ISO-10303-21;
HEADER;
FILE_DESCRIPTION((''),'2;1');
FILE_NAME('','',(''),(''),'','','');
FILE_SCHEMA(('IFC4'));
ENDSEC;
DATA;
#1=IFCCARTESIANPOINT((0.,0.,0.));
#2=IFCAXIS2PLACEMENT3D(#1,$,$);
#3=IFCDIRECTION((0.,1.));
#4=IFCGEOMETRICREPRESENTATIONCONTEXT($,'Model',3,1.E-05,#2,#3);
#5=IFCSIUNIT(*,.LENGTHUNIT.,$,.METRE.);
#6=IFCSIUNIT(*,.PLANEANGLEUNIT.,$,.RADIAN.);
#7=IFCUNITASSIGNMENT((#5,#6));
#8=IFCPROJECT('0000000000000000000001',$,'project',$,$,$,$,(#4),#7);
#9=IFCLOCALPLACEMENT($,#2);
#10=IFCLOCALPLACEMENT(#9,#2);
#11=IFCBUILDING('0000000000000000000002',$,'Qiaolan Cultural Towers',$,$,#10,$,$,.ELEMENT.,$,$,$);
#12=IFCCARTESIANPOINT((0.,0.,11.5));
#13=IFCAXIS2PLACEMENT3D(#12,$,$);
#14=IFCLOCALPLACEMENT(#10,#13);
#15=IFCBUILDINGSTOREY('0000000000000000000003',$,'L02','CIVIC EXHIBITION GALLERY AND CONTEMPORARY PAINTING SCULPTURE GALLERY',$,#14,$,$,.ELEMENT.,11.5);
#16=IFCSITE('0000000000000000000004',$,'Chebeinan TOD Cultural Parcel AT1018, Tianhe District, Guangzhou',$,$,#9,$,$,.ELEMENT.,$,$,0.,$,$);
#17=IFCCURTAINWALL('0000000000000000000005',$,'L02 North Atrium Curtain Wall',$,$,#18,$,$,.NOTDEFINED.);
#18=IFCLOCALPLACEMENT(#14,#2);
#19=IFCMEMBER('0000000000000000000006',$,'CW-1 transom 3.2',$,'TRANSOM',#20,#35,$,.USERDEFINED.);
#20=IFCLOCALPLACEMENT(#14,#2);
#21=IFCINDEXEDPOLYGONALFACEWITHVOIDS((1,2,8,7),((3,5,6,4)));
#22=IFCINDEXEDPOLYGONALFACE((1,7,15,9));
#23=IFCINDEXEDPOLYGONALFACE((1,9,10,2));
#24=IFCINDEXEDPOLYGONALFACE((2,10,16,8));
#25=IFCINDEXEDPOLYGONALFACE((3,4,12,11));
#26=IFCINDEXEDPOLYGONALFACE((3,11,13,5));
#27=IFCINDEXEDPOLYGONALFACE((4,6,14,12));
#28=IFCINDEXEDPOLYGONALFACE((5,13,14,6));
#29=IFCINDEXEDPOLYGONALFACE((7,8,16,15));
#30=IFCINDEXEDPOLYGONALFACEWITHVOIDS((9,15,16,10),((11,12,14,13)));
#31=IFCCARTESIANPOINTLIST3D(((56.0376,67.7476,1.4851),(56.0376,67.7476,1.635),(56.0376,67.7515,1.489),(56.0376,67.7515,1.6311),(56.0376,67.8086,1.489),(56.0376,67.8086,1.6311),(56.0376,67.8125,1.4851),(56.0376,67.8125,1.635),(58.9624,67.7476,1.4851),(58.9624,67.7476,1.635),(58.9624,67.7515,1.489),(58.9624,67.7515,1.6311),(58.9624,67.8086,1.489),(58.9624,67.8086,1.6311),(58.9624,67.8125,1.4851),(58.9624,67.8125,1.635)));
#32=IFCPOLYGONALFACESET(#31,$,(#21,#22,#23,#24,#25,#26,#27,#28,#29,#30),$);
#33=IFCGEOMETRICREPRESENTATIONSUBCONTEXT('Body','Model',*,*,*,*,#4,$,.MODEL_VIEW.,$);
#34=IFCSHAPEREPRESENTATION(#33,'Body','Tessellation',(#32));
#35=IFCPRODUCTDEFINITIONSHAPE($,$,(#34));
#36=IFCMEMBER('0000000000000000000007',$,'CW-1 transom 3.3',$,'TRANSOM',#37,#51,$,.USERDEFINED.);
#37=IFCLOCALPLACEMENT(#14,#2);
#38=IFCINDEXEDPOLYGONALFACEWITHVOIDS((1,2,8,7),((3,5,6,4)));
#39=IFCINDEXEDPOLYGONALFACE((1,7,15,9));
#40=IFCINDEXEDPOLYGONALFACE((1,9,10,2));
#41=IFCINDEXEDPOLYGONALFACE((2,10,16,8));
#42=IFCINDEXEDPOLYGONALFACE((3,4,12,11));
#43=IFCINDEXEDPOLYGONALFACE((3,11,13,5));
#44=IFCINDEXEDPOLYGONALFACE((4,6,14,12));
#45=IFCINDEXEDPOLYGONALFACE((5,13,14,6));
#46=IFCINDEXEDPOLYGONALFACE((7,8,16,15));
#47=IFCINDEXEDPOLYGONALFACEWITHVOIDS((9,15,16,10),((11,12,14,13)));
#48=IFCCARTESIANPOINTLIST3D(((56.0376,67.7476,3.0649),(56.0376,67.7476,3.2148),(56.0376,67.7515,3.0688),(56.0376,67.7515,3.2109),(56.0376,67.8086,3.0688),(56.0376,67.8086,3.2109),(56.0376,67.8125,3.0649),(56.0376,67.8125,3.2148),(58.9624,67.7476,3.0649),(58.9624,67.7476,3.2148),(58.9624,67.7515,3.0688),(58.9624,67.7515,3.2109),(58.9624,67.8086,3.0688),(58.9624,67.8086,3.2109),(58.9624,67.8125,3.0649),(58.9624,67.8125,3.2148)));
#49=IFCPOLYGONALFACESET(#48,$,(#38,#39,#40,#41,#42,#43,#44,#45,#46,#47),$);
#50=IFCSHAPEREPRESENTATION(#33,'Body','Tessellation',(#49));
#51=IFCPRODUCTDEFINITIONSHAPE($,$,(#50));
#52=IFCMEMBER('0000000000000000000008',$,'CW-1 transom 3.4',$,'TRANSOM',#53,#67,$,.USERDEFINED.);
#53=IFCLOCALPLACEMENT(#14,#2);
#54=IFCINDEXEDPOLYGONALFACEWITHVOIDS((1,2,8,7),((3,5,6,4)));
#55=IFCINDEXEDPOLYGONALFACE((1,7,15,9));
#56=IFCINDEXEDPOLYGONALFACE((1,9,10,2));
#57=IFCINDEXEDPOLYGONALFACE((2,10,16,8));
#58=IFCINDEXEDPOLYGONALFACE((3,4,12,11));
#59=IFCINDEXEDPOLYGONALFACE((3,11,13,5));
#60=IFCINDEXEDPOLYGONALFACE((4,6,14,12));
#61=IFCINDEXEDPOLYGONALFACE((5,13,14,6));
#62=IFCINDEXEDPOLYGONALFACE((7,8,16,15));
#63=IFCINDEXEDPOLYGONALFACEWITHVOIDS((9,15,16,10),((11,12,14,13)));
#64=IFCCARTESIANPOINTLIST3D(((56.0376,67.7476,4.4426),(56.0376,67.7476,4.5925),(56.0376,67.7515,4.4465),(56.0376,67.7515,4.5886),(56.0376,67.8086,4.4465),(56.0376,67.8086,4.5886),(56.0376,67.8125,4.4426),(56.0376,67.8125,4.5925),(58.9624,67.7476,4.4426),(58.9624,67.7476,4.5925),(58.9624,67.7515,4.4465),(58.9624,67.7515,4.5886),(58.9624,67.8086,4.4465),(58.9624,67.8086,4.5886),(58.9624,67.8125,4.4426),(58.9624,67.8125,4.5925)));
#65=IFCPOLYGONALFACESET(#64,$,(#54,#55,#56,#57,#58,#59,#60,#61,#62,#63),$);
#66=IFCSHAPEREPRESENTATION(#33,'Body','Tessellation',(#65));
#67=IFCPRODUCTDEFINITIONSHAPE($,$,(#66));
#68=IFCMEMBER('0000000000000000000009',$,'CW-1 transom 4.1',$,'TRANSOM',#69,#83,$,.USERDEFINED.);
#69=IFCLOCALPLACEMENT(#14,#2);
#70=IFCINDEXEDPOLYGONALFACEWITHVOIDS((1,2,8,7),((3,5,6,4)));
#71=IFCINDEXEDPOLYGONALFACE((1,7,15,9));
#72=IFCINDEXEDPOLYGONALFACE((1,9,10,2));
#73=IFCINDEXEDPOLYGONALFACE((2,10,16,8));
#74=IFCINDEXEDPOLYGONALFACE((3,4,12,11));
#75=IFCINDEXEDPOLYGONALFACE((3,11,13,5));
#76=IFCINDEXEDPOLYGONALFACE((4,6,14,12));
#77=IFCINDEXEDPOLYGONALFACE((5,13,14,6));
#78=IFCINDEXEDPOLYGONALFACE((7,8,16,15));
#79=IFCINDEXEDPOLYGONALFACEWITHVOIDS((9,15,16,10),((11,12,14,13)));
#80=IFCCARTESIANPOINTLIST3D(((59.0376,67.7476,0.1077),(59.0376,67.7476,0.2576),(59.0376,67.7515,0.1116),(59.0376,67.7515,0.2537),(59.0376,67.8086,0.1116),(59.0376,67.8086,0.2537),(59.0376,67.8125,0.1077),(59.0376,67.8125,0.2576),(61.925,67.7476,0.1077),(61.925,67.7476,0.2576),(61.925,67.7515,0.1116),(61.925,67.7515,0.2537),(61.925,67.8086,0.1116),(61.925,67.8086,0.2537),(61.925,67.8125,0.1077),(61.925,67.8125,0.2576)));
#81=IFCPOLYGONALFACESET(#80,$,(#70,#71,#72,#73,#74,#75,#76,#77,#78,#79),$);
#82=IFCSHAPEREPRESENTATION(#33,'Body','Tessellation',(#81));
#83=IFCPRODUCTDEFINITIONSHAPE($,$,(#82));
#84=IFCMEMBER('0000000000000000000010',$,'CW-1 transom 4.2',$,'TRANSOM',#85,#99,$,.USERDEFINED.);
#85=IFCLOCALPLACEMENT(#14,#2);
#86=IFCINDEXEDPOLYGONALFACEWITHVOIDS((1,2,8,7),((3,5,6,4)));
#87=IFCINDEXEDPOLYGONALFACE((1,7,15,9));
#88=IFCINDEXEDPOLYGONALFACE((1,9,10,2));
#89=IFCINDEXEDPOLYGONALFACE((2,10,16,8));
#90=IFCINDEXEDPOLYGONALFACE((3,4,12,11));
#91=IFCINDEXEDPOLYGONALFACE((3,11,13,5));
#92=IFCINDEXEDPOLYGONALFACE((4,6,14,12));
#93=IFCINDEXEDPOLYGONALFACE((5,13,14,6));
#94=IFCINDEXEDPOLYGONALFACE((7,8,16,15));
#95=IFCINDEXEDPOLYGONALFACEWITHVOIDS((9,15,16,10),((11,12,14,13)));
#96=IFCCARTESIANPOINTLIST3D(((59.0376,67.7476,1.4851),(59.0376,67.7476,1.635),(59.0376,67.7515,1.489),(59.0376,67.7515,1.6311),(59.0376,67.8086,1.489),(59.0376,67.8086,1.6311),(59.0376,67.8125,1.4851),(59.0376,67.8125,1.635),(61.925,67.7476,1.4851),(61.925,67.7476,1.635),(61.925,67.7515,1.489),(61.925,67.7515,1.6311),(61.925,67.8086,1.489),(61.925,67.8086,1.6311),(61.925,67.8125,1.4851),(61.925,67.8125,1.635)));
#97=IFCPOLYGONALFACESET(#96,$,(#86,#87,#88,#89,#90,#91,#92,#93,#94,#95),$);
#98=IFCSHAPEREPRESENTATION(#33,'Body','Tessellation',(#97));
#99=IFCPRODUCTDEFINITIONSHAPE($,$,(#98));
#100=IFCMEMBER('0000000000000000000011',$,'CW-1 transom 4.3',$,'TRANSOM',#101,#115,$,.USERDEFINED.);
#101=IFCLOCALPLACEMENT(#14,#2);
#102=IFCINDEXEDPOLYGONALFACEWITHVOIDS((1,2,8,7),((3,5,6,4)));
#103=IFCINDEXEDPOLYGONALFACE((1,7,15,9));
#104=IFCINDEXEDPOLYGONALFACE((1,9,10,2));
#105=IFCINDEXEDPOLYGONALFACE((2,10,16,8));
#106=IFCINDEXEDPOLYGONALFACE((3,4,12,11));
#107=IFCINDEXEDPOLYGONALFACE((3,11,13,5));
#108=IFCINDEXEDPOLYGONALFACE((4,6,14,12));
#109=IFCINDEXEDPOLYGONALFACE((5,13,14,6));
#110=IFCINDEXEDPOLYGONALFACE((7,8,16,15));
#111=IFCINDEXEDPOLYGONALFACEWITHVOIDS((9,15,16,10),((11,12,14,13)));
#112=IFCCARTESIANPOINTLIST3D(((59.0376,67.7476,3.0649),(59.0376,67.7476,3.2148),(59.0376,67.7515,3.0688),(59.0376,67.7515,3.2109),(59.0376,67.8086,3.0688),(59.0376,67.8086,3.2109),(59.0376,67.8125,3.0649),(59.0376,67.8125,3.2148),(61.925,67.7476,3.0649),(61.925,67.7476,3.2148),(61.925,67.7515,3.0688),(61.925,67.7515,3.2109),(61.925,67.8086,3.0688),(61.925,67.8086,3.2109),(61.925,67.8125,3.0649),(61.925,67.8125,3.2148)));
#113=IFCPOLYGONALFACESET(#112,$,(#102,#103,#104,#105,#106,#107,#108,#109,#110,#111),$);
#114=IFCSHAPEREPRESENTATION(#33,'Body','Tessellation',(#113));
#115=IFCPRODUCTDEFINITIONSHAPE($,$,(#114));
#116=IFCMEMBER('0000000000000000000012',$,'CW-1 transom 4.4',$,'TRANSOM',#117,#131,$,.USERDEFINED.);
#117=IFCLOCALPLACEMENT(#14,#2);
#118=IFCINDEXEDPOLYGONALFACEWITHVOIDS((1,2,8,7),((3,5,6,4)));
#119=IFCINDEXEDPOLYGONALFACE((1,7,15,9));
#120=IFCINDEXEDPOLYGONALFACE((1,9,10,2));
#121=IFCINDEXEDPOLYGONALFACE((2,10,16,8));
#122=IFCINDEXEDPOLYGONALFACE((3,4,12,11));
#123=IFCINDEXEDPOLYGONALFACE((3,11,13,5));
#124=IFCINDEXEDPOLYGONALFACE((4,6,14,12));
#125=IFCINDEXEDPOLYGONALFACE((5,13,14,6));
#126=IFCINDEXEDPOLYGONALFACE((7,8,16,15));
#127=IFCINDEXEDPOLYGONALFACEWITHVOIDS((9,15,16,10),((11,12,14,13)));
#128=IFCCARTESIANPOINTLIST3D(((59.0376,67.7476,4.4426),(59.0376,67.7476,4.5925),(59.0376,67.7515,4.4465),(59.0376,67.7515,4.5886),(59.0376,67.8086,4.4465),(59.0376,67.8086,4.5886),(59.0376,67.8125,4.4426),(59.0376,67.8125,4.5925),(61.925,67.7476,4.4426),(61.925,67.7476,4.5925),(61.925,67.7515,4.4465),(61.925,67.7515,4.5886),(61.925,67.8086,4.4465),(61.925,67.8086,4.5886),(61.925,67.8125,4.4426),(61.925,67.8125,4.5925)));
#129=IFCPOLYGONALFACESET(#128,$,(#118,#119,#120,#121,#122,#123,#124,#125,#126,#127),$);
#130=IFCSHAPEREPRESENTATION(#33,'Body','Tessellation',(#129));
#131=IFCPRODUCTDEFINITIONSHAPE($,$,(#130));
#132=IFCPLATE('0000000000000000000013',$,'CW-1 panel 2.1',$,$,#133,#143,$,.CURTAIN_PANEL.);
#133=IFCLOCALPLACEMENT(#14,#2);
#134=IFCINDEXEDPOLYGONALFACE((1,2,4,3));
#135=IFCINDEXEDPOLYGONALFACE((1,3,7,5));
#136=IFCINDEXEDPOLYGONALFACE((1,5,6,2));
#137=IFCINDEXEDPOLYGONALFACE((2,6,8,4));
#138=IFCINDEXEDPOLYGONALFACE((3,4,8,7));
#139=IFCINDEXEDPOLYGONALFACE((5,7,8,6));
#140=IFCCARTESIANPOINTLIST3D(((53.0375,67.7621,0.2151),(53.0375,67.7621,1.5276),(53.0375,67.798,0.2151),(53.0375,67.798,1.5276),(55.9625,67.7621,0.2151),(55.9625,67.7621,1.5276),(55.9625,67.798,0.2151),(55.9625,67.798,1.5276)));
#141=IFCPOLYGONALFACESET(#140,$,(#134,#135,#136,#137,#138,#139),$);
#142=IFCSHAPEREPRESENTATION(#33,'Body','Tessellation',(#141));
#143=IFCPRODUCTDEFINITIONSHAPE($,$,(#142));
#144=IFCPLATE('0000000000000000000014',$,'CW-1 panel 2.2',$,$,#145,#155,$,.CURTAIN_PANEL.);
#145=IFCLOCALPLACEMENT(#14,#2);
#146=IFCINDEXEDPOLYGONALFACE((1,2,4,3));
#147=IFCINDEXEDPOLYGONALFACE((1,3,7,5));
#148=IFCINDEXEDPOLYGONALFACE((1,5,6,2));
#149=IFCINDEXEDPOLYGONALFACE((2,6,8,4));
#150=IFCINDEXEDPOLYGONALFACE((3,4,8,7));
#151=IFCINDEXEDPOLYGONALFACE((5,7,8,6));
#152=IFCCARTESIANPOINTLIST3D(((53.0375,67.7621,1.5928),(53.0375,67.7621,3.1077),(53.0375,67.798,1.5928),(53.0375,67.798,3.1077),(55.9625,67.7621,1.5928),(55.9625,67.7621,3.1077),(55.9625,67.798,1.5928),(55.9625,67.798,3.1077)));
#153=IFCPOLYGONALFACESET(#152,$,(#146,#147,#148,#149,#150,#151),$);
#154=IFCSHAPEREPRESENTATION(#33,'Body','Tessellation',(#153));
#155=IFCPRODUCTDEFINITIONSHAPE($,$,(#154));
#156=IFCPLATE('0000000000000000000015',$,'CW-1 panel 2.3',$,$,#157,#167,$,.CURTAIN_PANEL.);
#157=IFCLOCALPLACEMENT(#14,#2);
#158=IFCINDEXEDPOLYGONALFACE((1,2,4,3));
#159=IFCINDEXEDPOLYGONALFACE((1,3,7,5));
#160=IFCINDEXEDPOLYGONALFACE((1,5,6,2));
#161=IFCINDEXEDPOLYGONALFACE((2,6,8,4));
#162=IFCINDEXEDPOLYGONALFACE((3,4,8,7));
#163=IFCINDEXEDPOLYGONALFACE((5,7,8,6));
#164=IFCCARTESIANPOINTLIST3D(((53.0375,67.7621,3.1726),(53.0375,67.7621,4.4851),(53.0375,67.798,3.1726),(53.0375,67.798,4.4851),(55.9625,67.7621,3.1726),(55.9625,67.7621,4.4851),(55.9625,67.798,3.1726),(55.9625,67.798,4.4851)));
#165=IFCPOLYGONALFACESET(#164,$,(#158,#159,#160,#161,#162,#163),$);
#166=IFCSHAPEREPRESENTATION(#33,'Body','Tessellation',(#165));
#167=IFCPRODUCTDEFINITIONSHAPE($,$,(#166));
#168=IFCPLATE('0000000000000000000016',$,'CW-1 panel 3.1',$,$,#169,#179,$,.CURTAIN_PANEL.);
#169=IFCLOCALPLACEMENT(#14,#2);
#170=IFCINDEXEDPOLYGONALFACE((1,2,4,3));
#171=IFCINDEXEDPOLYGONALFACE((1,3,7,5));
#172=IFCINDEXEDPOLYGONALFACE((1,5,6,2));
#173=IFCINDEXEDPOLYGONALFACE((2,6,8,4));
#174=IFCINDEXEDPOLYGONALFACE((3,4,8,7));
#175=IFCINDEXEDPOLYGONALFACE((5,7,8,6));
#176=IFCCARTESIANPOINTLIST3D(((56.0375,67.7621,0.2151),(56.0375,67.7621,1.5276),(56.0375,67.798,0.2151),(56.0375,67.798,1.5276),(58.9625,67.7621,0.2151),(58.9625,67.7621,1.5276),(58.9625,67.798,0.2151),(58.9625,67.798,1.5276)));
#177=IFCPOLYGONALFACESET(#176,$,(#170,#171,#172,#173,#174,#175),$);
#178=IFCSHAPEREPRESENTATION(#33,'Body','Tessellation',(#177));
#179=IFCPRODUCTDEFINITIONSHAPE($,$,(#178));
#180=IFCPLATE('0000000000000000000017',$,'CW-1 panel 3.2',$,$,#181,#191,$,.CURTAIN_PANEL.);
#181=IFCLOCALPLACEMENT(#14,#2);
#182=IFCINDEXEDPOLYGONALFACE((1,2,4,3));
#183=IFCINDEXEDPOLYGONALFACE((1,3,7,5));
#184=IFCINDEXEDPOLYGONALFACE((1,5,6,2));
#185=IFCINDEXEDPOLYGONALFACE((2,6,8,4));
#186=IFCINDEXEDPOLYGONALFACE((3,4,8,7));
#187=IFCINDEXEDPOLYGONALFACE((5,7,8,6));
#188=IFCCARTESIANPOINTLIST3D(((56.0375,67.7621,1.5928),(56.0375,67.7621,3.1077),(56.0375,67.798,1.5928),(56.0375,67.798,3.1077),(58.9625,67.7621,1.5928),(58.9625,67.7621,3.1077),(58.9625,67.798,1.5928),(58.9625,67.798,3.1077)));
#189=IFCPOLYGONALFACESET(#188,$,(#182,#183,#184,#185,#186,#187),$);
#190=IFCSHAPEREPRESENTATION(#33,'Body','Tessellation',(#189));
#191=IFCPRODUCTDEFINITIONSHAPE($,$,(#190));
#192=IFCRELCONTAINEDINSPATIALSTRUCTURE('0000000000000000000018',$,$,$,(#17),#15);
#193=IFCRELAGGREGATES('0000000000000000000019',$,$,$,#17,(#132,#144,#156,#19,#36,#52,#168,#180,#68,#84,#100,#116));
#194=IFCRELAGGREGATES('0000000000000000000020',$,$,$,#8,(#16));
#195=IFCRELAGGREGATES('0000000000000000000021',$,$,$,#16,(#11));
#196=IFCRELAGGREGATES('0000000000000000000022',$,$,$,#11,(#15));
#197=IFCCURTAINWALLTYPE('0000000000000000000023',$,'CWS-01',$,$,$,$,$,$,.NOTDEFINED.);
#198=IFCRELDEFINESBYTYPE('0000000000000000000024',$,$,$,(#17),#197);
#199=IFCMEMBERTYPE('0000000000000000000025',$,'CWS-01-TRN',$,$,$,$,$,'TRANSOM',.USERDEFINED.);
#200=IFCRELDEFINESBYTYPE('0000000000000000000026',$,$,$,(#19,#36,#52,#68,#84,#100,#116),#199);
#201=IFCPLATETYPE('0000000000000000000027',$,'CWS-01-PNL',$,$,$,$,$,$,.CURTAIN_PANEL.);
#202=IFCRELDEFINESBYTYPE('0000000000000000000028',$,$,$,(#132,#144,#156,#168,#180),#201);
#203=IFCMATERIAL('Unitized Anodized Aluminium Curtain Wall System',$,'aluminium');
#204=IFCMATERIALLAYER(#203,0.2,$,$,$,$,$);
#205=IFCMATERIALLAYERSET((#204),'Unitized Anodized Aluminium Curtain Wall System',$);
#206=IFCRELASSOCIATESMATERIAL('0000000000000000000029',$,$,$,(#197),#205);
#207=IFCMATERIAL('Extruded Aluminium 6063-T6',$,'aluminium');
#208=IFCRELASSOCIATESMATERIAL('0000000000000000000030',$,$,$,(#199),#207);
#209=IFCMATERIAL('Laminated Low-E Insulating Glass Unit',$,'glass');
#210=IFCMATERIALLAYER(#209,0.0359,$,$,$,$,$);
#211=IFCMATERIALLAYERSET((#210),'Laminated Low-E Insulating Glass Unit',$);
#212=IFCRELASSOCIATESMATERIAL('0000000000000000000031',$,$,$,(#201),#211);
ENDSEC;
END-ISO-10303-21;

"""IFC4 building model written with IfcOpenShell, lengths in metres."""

from ifc_helpers import new_model, si_unit, direction, frame, origin, origin_2d, place, context, subcontext, project, spatial, rectangle, hollow_rectangle, extrude, material, layer, layer_set, material_profile, profile_set, type_object, element, aggregate, save


model = new_model("IFC4")

# Units and contexts
model_context = context("Model", 3, precision=1e-05, world=origin(), true_north=direction((0.0, 1.0)))
body_context = subcontext(model_context, "Body", "Model", "MODEL_VIEW")
ifc_project = project(units=[si_unit("LENGTHUNIT", "METRE"), si_unit("PLANEANGLEUNIT", "RADIAN")], contexts=[model_context])

# Site, building, storey
site_placement = place(None, origin())
site = spatial("IfcSite", under=ifc_project, at=site_placement, Name="Chebeinan TOD Cultural Parcel AT1018, Tianhe District, Guangzhou", CompositionType="ELEMENT", RefElevation=0.0)
building_placement = place(site_placement, origin())
building = spatial("IfcBuilding", under=site, at=building_placement, Name="Qiaolan Cultural Towers", CompositionType="ELEMENT")
storey_placement = place(building_placement, frame((0.0, 0.0, 11.5)))
storey = spatial("IfcBuildingStorey", under=building, at=storey_placement, Name="L02", Description="CIVIC EXHIBITION GALLERY AND CONTEMPORARY PAINTING SCULPTURE GALLERY", CompositionType="ELEMENT", Elevation=11.5)

# Curtain wall, members, plates
ifc_material_1 = material(Name="Unitized Anodized Aluminium Curtain Wall System", Category="aluminium")
ifc_layer_1 = layer(ifc_material_1, 0.2)
ifc_layer_set_1 = layer_set([ifc_layer_1], Name="Unitized Anodized Aluminium Curtain Wall System")
curtain_wall_type = type_object("IfcCurtainWallType", Name="CWS-01", PredefinedType="NOTDEFINED", material=ifc_layer_set_1)
curtain_wall_placement = place(storey_placement, origin())
curtain_wall = element("IfcCurtainWall", 1, at=curtain_wall_placement, inside=storey, type_object=curtain_wall_type, Name="L02 North Atrium Curtain Wall", PredefinedType="NOTDEFINED")
ifc_material_2 = material(Name="Extruded Aluminium 6063-T6", Category="aluminium")
ifc_material_profile_1 = material_profile(ifc_material_2, hollow_rectangle(XDim=0.0649, YDim=0.1499, WallThickness=0.0039, at=origin_2d()), Name="CWT-150x65x4")
ifc_profile_set_1 = profile_set([ifc_material_profile_1], Name="Extruded Aluminium 6063-T6")
member_type_1 = type_object("IfcMemberType", Name="CWS-01-TRN", ElementType="TRANSOM", PredefinedType="USERDEFINED", material=ifc_profile_set_1)
member_1_placement = place(storey_placement, frame((56.0376, 67.78, 1.5601), z_axis=(1.0, 0.0, 0.0), x_axis=(0.0, 1.0, 0.0)))
member_1 = element("IfcMember", 2, at=member_1_placement, type_object=member_type_1, Name="CW-1 transom 3.2", ObjectType="TRANSOM", PredefinedType="USERDEFINED", context=body_context, shape_type="SweptSolid", body=[
    extrude(hollow_rectangle(XDim=0.0649, YDim=0.1499, WallThickness=0.0039, at=origin_2d()), origin(), (0.0, 0.0, 1.0), 2.9248),
])
member_2_placement = place(storey_placement, frame((56.0376, 67.78, 3.1399), z_axis=(1.0, 0.0, 0.0), x_axis=(0.0, 1.0, 0.0)))
member_2 = element("IfcMember", 3, at=member_2_placement, type_object=member_type_1, Name="CW-1 transom 3.3", ObjectType="TRANSOM", PredefinedType="USERDEFINED", context=body_context, shape_type="SweptSolid", body=[
    extrude(hollow_rectangle(XDim=0.0649, YDim=0.1499, WallThickness=0.0039, at=origin_2d()), origin(), (0.0, 0.0, 1.0), 2.9248),
])
member_3_placement = place(storey_placement, frame((56.0376, 67.78, 4.5176), z_axis=(1.0, 0.0, 0.0), x_axis=(0.0, 1.0, 0.0)))
member_3 = element("IfcMember", 4, at=member_3_placement, type_object=member_type_1, Name="CW-1 transom 3.4", ObjectType="TRANSOM", PredefinedType="USERDEFINED", context=body_context, shape_type="SweptSolid", body=[
    extrude(hollow_rectangle(XDim=0.0649, YDim=0.1499, WallThickness=0.0039, at=origin_2d()), origin(), (0.0, 0.0, 1.0), 2.9248),
])
member_4_placement = place(storey_placement, frame((59.0376, 67.78, 0.1826), z_axis=(1.0, 0.0, 0.0), x_axis=(0.0, 1.0, 0.0)))
member_4 = element("IfcMember", 5, at=member_4_placement, type_object=member_type_1, Name="CW-1 transom 4.1", ObjectType="TRANSOM", PredefinedType="USERDEFINED", context=body_context, shape_type="SweptSolid", body=[
    extrude(hollow_rectangle(XDim=0.0649, YDim=0.1499, WallThickness=0.0039, at=origin_2d()), origin(), (0.0, 0.0, 1.0), 2.8875),
])
member_5_placement = place(storey_placement, frame((59.0376, 67.78, 1.5601), z_axis=(1.0, 0.0, 0.0), x_axis=(0.0, 1.0, 0.0)))
member_5 = element("IfcMember", 6, at=member_5_placement, type_object=member_type_1, Name="CW-1 transom 4.2", ObjectType="TRANSOM", PredefinedType="USERDEFINED", context=body_context, shape_type="SweptSolid", body=[
    extrude(hollow_rectangle(XDim=0.0649, YDim=0.1499, WallThickness=0.0039, at=origin_2d()), origin(), (0.0, 0.0, 1.0), 2.8875),
])
member_6_placement = place(storey_placement, frame((59.0376, 67.78, 3.1399), z_axis=(1.0, 0.0, 0.0), x_axis=(0.0, 1.0, 0.0)))
member_6 = element("IfcMember", 7, at=member_6_placement, type_object=member_type_1, Name="CW-1 transom 4.3", ObjectType="TRANSOM", PredefinedType="USERDEFINED", context=body_context, shape_type="SweptSolid", body=[
    extrude(hollow_rectangle(XDim=0.0649, YDim=0.1499, WallThickness=0.0039, at=origin_2d()), origin(), (0.0, 0.0, 1.0), 2.8875),
])
member_7_placement = place(storey_placement, frame((59.0376, 67.78, 4.5176), z_axis=(1.0, 0.0, 0.0), x_axis=(0.0, 1.0, 0.0)))
member_7 = element("IfcMember", 8, at=member_7_placement, type_object=member_type_1, Name="CW-1 transom 4.4", ObjectType="TRANSOM", PredefinedType="USERDEFINED", context=body_context, shape_type="SweptSolid", body=[
    extrude(hollow_rectangle(XDim=0.0649, YDim=0.1499, WallThickness=0.0039, at=origin_2d()), origin(), (0.0, 0.0, 1.0), 2.8875),
])
ifc_material_3 = material(Name="Laminated Low-E Insulating Glass Unit", Category="glass")
ifc_layer_2 = layer(ifc_material_3, 0.0359)
ifc_layer_set_2 = layer_set([ifc_layer_2], Name="Laminated Low-E Insulating Glass Unit")
plate_type = type_object("IfcPlateType", Name="CWS-01-PNL", PredefinedType="CURTAIN_PANEL", material=ifc_layer_set_2)
plate_1_placement = place(storey_placement, frame((54.5, 67.78, 0.2151), z_axis=(0.0, 0.0, 1.0), x_axis=(1.0, 0.0, 0.0)))
plate_1 = element("IfcPlate", 9, at=plate_1_placement, type_object=plate_type, Name="CW-1 panel 2.1", PredefinedType="CURTAIN_PANEL", context=body_context, shape_type="SweptSolid", body=[
    extrude(rectangle(XDim=2.925, YDim=0.0359, at=origin_2d()), origin(), (0.0, 0.0, 1.0), 1.3125),
])
plate_2_placement = place(storey_placement, frame((54.5, 67.78, 1.5928), z_axis=(0.0, 0.0, 1.0), x_axis=(1.0, 0.0, 0.0)))
plate_2 = element("IfcPlate", 10, at=plate_2_placement, type_object=plate_type, Name="CW-1 panel 2.2", PredefinedType="CURTAIN_PANEL", context=body_context, shape_type="SweptSolid", body=[
    extrude(rectangle(XDim=2.925, YDim=0.0359, at=origin_2d()), origin(), (0.0, 0.0, 1.0), 1.5149),
])
plate_3_placement = place(storey_placement, frame((54.5, 67.78, 3.1726), z_axis=(0.0, 0.0, 1.0), x_axis=(1.0, 0.0, 0.0)))
plate_3 = element("IfcPlate", 11, at=plate_3_placement, type_object=plate_type, Name="CW-1 panel 2.3", PredefinedType="CURTAIN_PANEL", context=body_context, shape_type="SweptSolid", body=[
    extrude(rectangle(XDim=2.925, YDim=0.0359, at=origin_2d()), origin(), (0.0, 0.0, 1.0), 1.3125),
])
plate_4_placement = place(storey_placement, frame((57.5, 67.78, 0.2151), z_axis=(0.0, 0.0, 1.0), x_axis=(1.0, 0.0, 0.0)))
plate_4 = element("IfcPlate", 12, at=plate_4_placement, type_object=plate_type, Name="CW-1 panel 3.1", PredefinedType="CURTAIN_PANEL", context=body_context, shape_type="SweptSolid", body=[
    extrude(rectangle(XDim=2.925, YDim=0.0359, at=origin_2d()), origin(), (0.0, 0.0, 1.0), 1.3125),
])
plate_5_placement = place(storey_placement, frame((57.5, 67.78, 1.5928), z_axis=(0.0, 0.0, 1.0), x_axis=(1.0, 0.0, 0.0)))
plate_5 = element("IfcPlate", 13, at=plate_5_placement, type_object=plate_type, Name="CW-1 panel 3.2", PredefinedType="CURTAIN_PANEL", context=body_context, shape_type="SweptSolid", body=[
    extrude(rectangle(XDim=2.925, YDim=0.0359, at=origin_2d()), origin(), (0.0, 0.0, 1.0), 1.5149),
])
aggregate(curtain_wall, [plate_1, plate_2, plate_3, member_1, member_2, member_3, plate_4, plate_5, member_4, member_5, member_6, member_7])

save(model, "model.ifc")
